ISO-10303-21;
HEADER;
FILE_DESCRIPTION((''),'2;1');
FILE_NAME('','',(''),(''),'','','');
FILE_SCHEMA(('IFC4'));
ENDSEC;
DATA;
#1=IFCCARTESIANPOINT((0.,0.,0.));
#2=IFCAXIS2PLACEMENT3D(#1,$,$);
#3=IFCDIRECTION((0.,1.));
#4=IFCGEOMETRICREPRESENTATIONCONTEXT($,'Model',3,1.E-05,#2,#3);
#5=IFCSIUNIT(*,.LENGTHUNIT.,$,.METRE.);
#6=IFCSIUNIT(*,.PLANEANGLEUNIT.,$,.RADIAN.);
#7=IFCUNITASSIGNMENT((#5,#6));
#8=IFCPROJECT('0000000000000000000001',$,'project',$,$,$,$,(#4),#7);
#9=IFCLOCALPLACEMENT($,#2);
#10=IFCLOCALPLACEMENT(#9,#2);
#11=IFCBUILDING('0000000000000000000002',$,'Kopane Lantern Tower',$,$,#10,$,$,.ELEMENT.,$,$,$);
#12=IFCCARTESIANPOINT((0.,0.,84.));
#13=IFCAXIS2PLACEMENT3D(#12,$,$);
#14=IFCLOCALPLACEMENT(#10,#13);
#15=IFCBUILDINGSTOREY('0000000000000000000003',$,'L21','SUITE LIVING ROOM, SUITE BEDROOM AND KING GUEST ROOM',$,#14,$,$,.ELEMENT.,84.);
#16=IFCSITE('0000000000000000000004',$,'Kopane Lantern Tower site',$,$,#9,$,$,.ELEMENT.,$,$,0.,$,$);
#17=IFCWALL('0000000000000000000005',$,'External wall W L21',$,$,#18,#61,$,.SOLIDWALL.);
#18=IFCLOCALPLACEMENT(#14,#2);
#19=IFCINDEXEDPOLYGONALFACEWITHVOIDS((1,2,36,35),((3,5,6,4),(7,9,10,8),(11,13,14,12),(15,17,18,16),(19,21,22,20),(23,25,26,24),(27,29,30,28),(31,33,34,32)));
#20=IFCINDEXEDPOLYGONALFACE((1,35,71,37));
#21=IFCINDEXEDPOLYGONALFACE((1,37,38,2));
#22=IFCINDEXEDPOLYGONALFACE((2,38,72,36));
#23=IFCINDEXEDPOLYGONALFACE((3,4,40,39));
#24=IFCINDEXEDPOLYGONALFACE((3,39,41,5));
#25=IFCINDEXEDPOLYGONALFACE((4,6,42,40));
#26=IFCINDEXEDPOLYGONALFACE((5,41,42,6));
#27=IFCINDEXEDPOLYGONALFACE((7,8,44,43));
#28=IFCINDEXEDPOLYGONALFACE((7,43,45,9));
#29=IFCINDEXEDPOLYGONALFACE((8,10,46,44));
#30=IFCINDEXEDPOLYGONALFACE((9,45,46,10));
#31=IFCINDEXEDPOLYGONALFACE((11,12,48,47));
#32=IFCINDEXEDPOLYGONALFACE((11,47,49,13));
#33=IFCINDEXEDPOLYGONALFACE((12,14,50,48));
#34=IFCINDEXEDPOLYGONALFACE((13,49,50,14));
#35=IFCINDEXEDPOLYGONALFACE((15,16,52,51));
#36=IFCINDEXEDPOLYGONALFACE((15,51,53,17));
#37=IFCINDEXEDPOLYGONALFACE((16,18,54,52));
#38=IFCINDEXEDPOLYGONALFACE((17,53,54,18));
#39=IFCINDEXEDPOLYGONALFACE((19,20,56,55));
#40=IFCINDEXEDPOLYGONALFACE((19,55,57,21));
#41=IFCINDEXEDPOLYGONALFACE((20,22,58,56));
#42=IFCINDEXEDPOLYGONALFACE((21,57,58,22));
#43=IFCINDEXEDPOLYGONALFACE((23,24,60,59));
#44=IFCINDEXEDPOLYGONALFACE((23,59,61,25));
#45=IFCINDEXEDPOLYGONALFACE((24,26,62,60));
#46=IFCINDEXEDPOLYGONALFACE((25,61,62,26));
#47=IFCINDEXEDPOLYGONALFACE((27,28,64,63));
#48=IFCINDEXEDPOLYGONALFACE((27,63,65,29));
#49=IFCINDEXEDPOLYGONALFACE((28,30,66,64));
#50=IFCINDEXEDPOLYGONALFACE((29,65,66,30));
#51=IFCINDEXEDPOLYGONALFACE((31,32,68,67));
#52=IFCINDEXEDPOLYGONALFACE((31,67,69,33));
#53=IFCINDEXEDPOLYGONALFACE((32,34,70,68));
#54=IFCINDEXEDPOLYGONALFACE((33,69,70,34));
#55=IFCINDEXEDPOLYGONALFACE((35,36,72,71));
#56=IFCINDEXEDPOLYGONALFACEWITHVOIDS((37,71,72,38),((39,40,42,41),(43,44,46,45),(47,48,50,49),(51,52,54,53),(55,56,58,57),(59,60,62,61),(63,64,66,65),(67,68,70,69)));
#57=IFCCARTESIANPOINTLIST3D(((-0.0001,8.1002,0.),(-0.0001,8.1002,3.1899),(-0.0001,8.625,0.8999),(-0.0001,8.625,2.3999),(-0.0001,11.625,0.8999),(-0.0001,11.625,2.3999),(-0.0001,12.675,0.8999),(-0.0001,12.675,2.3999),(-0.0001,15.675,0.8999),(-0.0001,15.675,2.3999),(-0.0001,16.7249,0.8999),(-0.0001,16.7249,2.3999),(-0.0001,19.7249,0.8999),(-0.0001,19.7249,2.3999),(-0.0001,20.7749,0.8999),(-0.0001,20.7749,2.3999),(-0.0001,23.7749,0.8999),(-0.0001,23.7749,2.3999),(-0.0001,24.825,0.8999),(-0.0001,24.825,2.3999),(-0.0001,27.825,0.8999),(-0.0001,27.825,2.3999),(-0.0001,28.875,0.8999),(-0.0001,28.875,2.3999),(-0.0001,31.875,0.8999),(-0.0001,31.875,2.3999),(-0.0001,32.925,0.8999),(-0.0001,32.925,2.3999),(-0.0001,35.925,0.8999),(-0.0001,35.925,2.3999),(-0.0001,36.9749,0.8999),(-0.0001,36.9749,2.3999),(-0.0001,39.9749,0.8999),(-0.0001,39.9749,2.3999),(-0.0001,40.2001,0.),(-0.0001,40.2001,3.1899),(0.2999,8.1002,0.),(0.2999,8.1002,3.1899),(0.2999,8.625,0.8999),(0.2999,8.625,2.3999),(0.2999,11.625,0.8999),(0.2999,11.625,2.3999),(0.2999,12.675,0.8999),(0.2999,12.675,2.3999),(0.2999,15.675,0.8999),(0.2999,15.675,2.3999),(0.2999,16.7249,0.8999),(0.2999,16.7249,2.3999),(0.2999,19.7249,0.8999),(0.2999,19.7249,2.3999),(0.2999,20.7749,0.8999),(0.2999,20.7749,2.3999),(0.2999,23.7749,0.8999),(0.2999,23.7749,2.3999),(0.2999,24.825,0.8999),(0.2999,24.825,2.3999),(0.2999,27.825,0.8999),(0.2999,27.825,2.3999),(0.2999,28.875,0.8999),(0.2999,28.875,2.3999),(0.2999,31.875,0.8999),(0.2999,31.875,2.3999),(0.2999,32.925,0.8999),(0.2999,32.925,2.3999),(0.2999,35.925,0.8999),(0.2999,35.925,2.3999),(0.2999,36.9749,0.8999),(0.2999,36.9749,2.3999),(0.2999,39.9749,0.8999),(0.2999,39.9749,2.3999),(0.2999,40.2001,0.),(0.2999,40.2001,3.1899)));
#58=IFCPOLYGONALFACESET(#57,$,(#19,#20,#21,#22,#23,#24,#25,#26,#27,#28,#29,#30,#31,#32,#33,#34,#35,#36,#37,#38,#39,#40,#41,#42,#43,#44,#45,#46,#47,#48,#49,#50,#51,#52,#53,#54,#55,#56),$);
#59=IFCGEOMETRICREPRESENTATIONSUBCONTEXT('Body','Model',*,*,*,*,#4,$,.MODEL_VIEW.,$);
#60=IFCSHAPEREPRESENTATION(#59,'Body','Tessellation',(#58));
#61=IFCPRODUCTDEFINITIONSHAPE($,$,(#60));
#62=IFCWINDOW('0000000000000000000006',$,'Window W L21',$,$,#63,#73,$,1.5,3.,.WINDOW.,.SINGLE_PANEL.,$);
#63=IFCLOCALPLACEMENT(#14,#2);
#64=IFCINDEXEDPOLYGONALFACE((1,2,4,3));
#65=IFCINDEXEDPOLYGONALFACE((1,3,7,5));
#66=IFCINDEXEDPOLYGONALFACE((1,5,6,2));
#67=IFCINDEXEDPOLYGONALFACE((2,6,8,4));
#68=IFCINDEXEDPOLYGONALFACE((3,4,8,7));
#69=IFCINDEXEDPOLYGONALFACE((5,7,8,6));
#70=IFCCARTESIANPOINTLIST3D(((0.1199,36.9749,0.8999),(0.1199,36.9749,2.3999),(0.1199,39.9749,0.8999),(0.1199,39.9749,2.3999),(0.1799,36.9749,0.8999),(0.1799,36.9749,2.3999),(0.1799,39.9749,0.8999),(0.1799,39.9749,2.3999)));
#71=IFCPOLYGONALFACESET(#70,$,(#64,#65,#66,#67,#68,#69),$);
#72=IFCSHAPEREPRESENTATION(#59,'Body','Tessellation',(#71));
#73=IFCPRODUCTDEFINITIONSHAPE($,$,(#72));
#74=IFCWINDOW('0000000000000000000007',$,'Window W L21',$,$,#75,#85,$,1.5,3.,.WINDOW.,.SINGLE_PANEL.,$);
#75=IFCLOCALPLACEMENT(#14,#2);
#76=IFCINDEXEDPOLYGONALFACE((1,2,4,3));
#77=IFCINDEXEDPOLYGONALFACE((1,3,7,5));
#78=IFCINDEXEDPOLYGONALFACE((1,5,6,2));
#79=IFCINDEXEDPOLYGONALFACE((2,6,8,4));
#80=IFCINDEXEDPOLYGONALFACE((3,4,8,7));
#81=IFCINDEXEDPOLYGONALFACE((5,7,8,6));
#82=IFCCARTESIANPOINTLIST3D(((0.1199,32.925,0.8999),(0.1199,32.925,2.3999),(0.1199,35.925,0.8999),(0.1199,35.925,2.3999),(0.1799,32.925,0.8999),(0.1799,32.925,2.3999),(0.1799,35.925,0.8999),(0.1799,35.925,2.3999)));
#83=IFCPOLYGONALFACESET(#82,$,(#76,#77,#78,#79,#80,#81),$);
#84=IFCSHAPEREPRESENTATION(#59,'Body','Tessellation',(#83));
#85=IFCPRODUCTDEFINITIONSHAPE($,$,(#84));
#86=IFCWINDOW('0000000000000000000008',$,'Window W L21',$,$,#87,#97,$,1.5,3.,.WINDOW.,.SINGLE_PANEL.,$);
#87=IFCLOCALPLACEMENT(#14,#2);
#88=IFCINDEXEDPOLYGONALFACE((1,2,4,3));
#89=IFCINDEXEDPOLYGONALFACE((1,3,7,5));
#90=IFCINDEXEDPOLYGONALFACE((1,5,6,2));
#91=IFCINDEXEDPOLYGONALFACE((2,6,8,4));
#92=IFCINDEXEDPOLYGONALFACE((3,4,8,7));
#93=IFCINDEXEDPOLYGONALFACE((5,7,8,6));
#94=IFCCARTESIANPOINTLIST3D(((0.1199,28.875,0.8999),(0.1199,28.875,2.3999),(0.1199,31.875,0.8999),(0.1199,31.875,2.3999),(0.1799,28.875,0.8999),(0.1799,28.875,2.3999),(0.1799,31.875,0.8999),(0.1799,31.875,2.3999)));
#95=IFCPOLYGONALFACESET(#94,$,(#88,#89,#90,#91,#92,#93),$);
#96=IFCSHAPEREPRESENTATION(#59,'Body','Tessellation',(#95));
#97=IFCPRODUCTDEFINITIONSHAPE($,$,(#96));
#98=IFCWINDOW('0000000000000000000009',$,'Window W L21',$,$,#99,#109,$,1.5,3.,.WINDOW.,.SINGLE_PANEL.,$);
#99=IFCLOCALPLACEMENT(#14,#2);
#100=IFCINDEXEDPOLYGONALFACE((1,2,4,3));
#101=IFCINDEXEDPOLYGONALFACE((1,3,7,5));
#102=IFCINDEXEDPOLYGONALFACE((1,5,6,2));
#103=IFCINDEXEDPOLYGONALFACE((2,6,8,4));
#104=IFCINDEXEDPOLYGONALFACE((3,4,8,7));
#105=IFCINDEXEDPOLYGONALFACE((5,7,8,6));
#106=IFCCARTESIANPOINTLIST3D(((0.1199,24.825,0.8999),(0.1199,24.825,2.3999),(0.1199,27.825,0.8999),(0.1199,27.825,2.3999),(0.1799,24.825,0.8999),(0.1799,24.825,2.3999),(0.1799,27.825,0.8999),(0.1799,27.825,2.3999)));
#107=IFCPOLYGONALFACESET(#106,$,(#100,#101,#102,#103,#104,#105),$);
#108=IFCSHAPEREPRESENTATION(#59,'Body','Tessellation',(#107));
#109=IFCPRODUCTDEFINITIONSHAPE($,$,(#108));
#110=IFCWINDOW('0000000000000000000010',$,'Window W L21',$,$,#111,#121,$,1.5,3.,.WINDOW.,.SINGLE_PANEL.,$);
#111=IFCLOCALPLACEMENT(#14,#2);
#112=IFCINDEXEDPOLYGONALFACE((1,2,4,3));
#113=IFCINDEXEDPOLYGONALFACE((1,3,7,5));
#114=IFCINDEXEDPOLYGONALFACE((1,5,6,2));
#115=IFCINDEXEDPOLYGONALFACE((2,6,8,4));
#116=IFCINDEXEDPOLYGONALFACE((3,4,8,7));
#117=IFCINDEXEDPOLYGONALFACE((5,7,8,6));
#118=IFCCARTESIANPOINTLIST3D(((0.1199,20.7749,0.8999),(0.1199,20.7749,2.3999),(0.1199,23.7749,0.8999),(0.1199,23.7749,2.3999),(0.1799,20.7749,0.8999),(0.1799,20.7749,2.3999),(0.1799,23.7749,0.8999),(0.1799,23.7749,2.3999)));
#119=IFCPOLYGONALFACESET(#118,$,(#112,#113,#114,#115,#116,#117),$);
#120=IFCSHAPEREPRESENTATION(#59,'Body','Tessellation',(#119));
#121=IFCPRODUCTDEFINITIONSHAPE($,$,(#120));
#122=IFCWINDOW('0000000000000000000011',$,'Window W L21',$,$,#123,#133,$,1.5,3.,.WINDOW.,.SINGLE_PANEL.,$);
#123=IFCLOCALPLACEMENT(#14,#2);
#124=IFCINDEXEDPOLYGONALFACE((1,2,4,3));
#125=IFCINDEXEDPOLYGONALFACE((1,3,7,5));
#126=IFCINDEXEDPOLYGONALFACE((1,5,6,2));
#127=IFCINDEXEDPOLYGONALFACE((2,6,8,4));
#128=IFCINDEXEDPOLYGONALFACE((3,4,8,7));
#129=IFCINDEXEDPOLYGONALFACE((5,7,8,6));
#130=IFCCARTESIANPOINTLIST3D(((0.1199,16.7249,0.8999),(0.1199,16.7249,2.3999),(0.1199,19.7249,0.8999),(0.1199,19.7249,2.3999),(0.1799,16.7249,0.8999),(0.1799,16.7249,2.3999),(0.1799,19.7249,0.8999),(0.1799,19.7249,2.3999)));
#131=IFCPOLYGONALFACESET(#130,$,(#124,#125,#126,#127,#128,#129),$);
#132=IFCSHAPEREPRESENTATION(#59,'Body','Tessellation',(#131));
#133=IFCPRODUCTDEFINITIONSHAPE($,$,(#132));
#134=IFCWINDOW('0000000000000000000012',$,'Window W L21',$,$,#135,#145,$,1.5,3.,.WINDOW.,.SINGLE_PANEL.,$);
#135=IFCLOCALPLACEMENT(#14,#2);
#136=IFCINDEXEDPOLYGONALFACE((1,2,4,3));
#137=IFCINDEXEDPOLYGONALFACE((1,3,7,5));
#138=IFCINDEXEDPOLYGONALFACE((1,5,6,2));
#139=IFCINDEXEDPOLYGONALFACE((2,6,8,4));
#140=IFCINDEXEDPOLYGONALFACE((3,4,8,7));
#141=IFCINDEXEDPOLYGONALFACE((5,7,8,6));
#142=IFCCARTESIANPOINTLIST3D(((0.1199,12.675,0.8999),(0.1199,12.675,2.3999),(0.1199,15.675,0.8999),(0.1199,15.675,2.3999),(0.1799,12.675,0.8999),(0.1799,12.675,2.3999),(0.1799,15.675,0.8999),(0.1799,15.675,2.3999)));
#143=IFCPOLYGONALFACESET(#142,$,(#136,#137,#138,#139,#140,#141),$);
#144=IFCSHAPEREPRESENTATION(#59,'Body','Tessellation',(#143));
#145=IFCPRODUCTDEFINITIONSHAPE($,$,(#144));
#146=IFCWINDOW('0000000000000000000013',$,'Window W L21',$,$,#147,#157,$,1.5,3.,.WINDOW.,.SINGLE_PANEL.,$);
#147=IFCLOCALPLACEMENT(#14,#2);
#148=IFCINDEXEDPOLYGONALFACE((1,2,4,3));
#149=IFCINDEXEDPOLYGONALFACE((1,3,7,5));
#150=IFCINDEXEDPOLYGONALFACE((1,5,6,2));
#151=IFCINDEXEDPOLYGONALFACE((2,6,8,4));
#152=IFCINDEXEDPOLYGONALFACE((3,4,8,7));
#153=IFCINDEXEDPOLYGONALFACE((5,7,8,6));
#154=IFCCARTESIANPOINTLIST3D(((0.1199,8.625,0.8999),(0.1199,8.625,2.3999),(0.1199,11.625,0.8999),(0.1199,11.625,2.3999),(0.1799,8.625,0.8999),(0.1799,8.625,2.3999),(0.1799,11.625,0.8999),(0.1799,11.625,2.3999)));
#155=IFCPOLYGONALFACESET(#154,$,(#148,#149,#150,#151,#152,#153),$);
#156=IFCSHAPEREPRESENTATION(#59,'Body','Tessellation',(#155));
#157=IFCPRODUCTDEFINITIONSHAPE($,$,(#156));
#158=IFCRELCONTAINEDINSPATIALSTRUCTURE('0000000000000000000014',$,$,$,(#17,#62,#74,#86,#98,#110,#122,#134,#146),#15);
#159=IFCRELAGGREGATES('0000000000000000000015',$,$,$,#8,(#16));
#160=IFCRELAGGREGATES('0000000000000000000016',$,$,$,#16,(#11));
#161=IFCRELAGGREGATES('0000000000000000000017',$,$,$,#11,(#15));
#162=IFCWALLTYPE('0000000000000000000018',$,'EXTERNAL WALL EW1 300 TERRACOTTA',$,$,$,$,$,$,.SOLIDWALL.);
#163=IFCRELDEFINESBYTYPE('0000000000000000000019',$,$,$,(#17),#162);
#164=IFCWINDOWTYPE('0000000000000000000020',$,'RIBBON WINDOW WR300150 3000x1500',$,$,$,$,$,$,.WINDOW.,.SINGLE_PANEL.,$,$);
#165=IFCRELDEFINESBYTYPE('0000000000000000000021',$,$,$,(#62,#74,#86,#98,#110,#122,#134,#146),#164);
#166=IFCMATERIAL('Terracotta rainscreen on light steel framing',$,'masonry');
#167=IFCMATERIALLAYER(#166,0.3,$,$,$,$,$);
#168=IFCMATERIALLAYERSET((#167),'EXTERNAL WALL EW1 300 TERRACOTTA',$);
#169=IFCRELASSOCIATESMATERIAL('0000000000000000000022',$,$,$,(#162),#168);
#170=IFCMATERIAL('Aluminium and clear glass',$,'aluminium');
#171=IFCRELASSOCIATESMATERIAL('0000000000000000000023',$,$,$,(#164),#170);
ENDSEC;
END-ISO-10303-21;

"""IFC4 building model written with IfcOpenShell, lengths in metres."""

from ifc_helpers import new_model, si_unit, direction, frame, frame_2d, origin, place, context, subcontext, project, spatial, rectangle, extrude, material, layer, layer_set, type_object, element, fill, save


model = new_model("IFC4")

# Units and contexts
model_context = context("Model", 3, precision=1e-05, world=origin(), true_north=direction((0.0, 1.0)))
body_context = subcontext(model_context, "Body", "Model", "MODEL_VIEW")
ifc_project = project(units=[si_unit("LENGTHUNIT", "METRE"), si_unit("PLANEANGLEUNIT", "RADIAN")], contexts=[model_context])

# Site, building, storey
site_placement = place(None, origin())
site = spatial("IfcSite", under=ifc_project, at=site_placement, Name="Kopane Lantern Tower site", CompositionType="ELEMENT", RefElevation=0.0)
building_placement = place(site_placement, origin())
building = spatial("IfcBuilding", under=site, at=building_placement, Name="Kopane Lantern Tower", CompositionType="ELEMENT")
storey_placement = place(building_placement, frame((0.0, 0.0, 84.0)))
storey = spatial("IfcBuildingStorey", under=building, at=storey_placement, Name="L21", Description="SUITE LIVING ROOM, SUITE BEDROOM AND KING GUEST ROOM", CompositionType="ELEMENT", Elevation=84.0)

# Shared definitions
ifc_material_1 = material(Name="Terracotta rainscreen on light steel framing", Category="masonry")
ifc_layer_1 = layer(ifc_material_1, 0.3)
ifc_layer_set_1 = layer_set([ifc_layer_1], Name="EXTERNAL WALL EW1 300 TERRACOTTA")
wall_type_1 = type_object("IfcWallType", Name="EXTERNAL WALL EW1 300 TERRACOTTA", PredefinedType="SOLIDWALL", material=ifc_layer_set_1)
ifc_material_2 = material(Name="Aluminium and clear glass", Category="aluminium")
window_type = type_object("IfcWindowType", Name="RIBBON WINDOW WR300150 3000x1500", PartitioningType="SINGLE_PANEL", PredefinedType="WINDOW", material=ifc_material_2)

# Wall, openings, windows
wall_1_placement = place(storey_placement, frame((0.1499, 40.2, 0.0), z_axis=(0.0, 0.0, 1.0), x_axis=(0.0, -1.0, 0.0)))
wall_1 = element("IfcWall", 1, at=wall_1_placement, inside=storey, type_object=wall_type_1, Name="External wall W L21", PredefinedType="SOLIDWALL", context=body_context, shape_type="SweptSolid", body=[
    extrude(rectangle(XDim=32.0999, YDim=0.3, at=frame_2d((16.0498, 0.0))), origin(), (0.0, 0.0, 1.0), 3.1899),
])
opening_1_placement = place(wall_1_placement, frame((0.2251, 0.0, 0.8999)))
opening_1 = element("IfcOpeningElement", 2, at=opening_1_placement, cuts=wall_1, PredefinedType="OPENING", context=body_context, shape_type="SweptSolid", body=[
    extrude(rectangle(XDim=3.0, YDim=1.5, at=frame_2d((1.5, 0.75))), frame((0.0, 0.1599, 0.0), z_axis=(0.0, -1.0, 0.0), x_axis=(1.0, 0.0, 0.0)), (0.0, 0.0, 1.0), 0.3201),
])
opening_2_placement = place(wall_1_placement, frame((4.2749, 0.0, 0.8999)))
opening_2 = element("IfcOpeningElement", 3, at=opening_2_placement, cuts=wall_1, PredefinedType="OPENING", context=body_context, shape_type="SweptSolid", body=[
    extrude(rectangle(XDim=3.0, YDim=1.5, at=frame_2d((1.5, 0.75))), frame((0.0, 0.1599, 0.0), z_axis=(0.0, -1.0, 0.0), x_axis=(1.0, 0.0, 0.0)), (0.0, 0.0, 1.0), 0.3201),
])
opening_3_placement = place(wall_1_placement, frame((8.325, 0.0, 0.8999)))
opening_3 = element("IfcOpeningElement", 4, at=opening_3_placement, cuts=wall_1, PredefinedType="OPENING", context=body_context, shape_type="SweptSolid", body=[
    extrude(rectangle(XDim=3.0, YDim=1.5, at=frame_2d((1.5, 0.75))), frame((0.0, 0.1599, 0.0), z_axis=(0.0, -1.0, 0.0), x_axis=(1.0, 0.0, 0.0)), (0.0, 0.0, 1.0), 0.3201),
])
opening_4_placement = place(wall_1_placement, frame((12.375, 0.0, 0.8999)))
opening_4 = element("IfcOpeningElement", 5, at=opening_4_placement, cuts=wall_1, PredefinedType="OPENING", context=body_context, shape_type="SweptSolid", body=[
    extrude(rectangle(XDim=3.0, YDim=1.5, at=frame_2d((1.5, 0.75))), frame((0.0, 0.1599, 0.0), z_axis=(0.0, -1.0, 0.0), x_axis=(1.0, 0.0, 0.0)), (0.0, 0.0, 1.0), 0.3201),
])
opening_5_placement = place(wall_1_placement, frame((16.425, 0.0, 0.8999)))
opening_5 = element("IfcOpeningElement", 6, at=opening_5_placement, cuts=wall_1, PredefinedType="OPENING", context=body_context, shape_type="SweptSolid", body=[
    extrude(rectangle(XDim=3.0, YDim=1.5, at=frame_2d((1.5, 0.75))), frame((0.0, 0.1599, 0.0), z_axis=(0.0, -1.0, 0.0), x_axis=(1.0, 0.0, 0.0)), (0.0, 0.0, 1.0), 0.3201),
])
opening_6_placement = place(wall_1_placement, frame((20.4751, 0.0, 0.8999)))
opening_6 = element("IfcOpeningElement", 7, at=opening_6_placement, cuts=wall_1, PredefinedType="OPENING", context=body_context, shape_type="SweptSolid", body=[
    extrude(rectangle(XDim=3.0, YDim=1.5, at=frame_2d((1.5, 0.75))), frame((0.0, 0.1599, 0.0), z_axis=(0.0, -1.0, 0.0), x_axis=(1.0, 0.0, 0.0)), (0.0, 0.0, 1.0), 0.3201),
])
opening_7_placement = place(wall_1_placement, frame((24.5249, 0.0, 0.8999)))
opening_7 = element("IfcOpeningElement", 8, at=opening_7_placement, cuts=wall_1, PredefinedType="OPENING", context=body_context, shape_type="SweptSolid", body=[
    extrude(rectangle(XDim=3.0, YDim=1.5, at=frame_2d((1.5, 0.75))), frame((0.0, 0.1599, 0.0), z_axis=(0.0, -1.0, 0.0), x_axis=(1.0, 0.0, 0.0)), (0.0, 0.0, 1.0), 0.3201),
])
opening_8_placement = place(wall_1_placement, frame((28.575, 0.0, 0.8999)))
opening_8 = element("IfcOpeningElement", 9, at=opening_8_placement, cuts=wall_1, PredefinedType="OPENING", context=body_context, shape_type="SweptSolid", body=[
    extrude(rectangle(XDim=3.0, YDim=1.5, at=frame_2d((1.5, 0.75))), frame((0.0, 0.1599, 0.0), z_axis=(0.0, -1.0, 0.0), x_axis=(1.0, 0.0, 0.0)), (0.0, 0.0, 1.0), 0.3201),
])
window_1_placement = place(opening_1_placement, origin())
window_1 = element("IfcWindow", 10, at=window_1_placement, inside=storey, type_object=window_type, Name="Window W L21", OverallHeight=1.5, OverallWidth=3.0, PartitioningType="SINGLE_PANEL", PredefinedType="WINDOW", context=body_context, shape_type="SweptSolid", body=[
    extrude(rectangle(XDim=3.0, YDim=1.5, at=frame_2d((1.5, 0.75))), frame((0.0, 0.03, 0.0), z_axis=(0.0, -1.0, 0.0), x_axis=(1.0, 0.0, 0.0)), (0.0, 0.0, 1.0), 0.0601),
])
fill(opening_1, window_1)
window_2_placement = place(opening_2_placement, origin())
window_2 = element("IfcWindow", 11, at=window_2_placement, inside=storey, type_object=window_type, Name="Window W L21", OverallHeight=1.5, OverallWidth=3.0, PartitioningType="SINGLE_PANEL", PredefinedType="WINDOW", context=body_context, shape_type="SweptSolid", body=[
    extrude(rectangle(XDim=3.0, YDim=1.5, at=frame_2d((1.5, 0.75))), frame((0.0, 0.03, 0.0), z_axis=(0.0, -1.0, 0.0), x_axis=(1.0, 0.0, 0.0)), (0.0, 0.0, 1.0), 0.0601),
])
fill(opening_2, window_2)
window_3_placement = place(opening_3_placement, origin())
window_3 = element("IfcWindow", 12, at=window_3_placement, inside=storey, type_object=window_type, Name="Window W L21", OverallHeight=1.5, OverallWidth=3.0, PartitioningType="SINGLE_PANEL", PredefinedType="WINDOW", context=body_context, shape_type="SweptSolid", body=[
    extrude(rectangle(XDim=3.0, YDim=1.5, at=frame_2d((1.5, 0.75))), frame((0.0, 0.03, 0.0), z_axis=(0.0, -1.0, 0.0), x_axis=(1.0, 0.0, 0.0)), (0.0, 0.0, 1.0), 0.0601),
])
fill(opening_3, window_3)
window_4_placement = place(opening_4_placement, origin())
window_4 = element("IfcWindow", 13, at=window_4_placement, inside=storey, type_object=window_type, Name="Window W L21", OverallHeight=1.5, OverallWidth=3.0, PartitioningType="SINGLE_PANEL", PredefinedType="WINDOW", context=body_context, shape_type="SweptSolid", body=[
    extrude(rectangle(XDim=3.0, YDim=1.5, at=frame_2d((1.5, 0.75))), frame((0.0, 0.03, 0.0), z_axis=(0.0, -1.0, 0.0), x_axis=(1.0, 0.0, 0.0)), (0.0, 0.0, 1.0), 0.0601),
])
fill(opening_4, window_4)
window_5_placement = place(opening_5_placement, origin())
window_5 = element("IfcWindow", 14, at=window_5_placement, inside=storey, type_object=window_type, Name="Window W L21", OverallHeight=1.5, OverallWidth=3.0, PartitioningType="SINGLE_PANEL", PredefinedType="WINDOW", context=body_context, shape_type="SweptSolid", body=[
    extrude(rectangle(XDim=3.0, YDim=1.5, at=frame_2d((1.5, 0.75))), frame((0.0, 0.03, 0.0), z_axis=(0.0, -1.0, 0.0), x_axis=(1.0, 0.0, 0.0)), (0.0, 0.0, 1.0), 0.0601),
])
fill(opening_5, window_5)
window_6_placement = place(opening_6_placement, origin())
window_6 = element("IfcWindow", 15, at=window_6_placement, inside=storey, type_object=window_type, Name="Window W L21", OverallHeight=1.5, OverallWidth=3.0, PartitioningType="SINGLE_PANEL", PredefinedType="WINDOW", context=body_context, shape_type="SweptSolid", body=[
    extrude(rectangle(XDim=3.0, YDim=1.5, at=frame_2d((1.5, 0.75))), frame((0.0, 0.03, 0.0), z_axis=(0.0, -1.0, 0.0), x_axis=(1.0, 0.0, 0.0)), (0.0, 0.0, 1.0), 0.0601),
])
fill(opening_6, window_6)
window_7_placement = place(opening_7_placement, origin())
window_7 = element("IfcWindow", 16, at=window_7_placement, inside=storey, type_object=window_type, Name="Window W L21", OverallHeight=1.5, OverallWidth=3.0, PartitioningType="SINGLE_PANEL", PredefinedType="WINDOW", context=body_context, shape_type="SweptSolid", body=[
    extrude(rectangle(XDim=3.0, YDim=1.5, at=frame_2d((1.5, 0.75))), frame((0.0, 0.03, 0.0), z_axis=(0.0, -1.0, 0.0), x_axis=(1.0, 0.0, 0.0)), (0.0, 0.0, 1.0), 0.0601),
])
fill(opening_7, window_7)
window_8_placement = place(opening_8_placement, origin())
window_8 = element("IfcWindow", 17, at=window_8_placement, inside=storey, type_object=window_type, Name="Window W L21", OverallHeight=1.5, OverallWidth=3.0, PartitioningType="SINGLE_PANEL", PredefinedType="WINDOW", context=body_context, shape_type="SweptSolid", body=[
    extrude(rectangle(XDim=3.0, YDim=1.5, at=frame_2d((1.5, 0.75))), frame((0.0, 0.03, 0.0), z_axis=(0.0, -1.0, 0.0), x_axis=(1.0, 0.0, 0.0)), (0.0, 0.0, 1.0), 0.0601),
])
fill(opening_8, window_8)

save(model, "model.ifc")
